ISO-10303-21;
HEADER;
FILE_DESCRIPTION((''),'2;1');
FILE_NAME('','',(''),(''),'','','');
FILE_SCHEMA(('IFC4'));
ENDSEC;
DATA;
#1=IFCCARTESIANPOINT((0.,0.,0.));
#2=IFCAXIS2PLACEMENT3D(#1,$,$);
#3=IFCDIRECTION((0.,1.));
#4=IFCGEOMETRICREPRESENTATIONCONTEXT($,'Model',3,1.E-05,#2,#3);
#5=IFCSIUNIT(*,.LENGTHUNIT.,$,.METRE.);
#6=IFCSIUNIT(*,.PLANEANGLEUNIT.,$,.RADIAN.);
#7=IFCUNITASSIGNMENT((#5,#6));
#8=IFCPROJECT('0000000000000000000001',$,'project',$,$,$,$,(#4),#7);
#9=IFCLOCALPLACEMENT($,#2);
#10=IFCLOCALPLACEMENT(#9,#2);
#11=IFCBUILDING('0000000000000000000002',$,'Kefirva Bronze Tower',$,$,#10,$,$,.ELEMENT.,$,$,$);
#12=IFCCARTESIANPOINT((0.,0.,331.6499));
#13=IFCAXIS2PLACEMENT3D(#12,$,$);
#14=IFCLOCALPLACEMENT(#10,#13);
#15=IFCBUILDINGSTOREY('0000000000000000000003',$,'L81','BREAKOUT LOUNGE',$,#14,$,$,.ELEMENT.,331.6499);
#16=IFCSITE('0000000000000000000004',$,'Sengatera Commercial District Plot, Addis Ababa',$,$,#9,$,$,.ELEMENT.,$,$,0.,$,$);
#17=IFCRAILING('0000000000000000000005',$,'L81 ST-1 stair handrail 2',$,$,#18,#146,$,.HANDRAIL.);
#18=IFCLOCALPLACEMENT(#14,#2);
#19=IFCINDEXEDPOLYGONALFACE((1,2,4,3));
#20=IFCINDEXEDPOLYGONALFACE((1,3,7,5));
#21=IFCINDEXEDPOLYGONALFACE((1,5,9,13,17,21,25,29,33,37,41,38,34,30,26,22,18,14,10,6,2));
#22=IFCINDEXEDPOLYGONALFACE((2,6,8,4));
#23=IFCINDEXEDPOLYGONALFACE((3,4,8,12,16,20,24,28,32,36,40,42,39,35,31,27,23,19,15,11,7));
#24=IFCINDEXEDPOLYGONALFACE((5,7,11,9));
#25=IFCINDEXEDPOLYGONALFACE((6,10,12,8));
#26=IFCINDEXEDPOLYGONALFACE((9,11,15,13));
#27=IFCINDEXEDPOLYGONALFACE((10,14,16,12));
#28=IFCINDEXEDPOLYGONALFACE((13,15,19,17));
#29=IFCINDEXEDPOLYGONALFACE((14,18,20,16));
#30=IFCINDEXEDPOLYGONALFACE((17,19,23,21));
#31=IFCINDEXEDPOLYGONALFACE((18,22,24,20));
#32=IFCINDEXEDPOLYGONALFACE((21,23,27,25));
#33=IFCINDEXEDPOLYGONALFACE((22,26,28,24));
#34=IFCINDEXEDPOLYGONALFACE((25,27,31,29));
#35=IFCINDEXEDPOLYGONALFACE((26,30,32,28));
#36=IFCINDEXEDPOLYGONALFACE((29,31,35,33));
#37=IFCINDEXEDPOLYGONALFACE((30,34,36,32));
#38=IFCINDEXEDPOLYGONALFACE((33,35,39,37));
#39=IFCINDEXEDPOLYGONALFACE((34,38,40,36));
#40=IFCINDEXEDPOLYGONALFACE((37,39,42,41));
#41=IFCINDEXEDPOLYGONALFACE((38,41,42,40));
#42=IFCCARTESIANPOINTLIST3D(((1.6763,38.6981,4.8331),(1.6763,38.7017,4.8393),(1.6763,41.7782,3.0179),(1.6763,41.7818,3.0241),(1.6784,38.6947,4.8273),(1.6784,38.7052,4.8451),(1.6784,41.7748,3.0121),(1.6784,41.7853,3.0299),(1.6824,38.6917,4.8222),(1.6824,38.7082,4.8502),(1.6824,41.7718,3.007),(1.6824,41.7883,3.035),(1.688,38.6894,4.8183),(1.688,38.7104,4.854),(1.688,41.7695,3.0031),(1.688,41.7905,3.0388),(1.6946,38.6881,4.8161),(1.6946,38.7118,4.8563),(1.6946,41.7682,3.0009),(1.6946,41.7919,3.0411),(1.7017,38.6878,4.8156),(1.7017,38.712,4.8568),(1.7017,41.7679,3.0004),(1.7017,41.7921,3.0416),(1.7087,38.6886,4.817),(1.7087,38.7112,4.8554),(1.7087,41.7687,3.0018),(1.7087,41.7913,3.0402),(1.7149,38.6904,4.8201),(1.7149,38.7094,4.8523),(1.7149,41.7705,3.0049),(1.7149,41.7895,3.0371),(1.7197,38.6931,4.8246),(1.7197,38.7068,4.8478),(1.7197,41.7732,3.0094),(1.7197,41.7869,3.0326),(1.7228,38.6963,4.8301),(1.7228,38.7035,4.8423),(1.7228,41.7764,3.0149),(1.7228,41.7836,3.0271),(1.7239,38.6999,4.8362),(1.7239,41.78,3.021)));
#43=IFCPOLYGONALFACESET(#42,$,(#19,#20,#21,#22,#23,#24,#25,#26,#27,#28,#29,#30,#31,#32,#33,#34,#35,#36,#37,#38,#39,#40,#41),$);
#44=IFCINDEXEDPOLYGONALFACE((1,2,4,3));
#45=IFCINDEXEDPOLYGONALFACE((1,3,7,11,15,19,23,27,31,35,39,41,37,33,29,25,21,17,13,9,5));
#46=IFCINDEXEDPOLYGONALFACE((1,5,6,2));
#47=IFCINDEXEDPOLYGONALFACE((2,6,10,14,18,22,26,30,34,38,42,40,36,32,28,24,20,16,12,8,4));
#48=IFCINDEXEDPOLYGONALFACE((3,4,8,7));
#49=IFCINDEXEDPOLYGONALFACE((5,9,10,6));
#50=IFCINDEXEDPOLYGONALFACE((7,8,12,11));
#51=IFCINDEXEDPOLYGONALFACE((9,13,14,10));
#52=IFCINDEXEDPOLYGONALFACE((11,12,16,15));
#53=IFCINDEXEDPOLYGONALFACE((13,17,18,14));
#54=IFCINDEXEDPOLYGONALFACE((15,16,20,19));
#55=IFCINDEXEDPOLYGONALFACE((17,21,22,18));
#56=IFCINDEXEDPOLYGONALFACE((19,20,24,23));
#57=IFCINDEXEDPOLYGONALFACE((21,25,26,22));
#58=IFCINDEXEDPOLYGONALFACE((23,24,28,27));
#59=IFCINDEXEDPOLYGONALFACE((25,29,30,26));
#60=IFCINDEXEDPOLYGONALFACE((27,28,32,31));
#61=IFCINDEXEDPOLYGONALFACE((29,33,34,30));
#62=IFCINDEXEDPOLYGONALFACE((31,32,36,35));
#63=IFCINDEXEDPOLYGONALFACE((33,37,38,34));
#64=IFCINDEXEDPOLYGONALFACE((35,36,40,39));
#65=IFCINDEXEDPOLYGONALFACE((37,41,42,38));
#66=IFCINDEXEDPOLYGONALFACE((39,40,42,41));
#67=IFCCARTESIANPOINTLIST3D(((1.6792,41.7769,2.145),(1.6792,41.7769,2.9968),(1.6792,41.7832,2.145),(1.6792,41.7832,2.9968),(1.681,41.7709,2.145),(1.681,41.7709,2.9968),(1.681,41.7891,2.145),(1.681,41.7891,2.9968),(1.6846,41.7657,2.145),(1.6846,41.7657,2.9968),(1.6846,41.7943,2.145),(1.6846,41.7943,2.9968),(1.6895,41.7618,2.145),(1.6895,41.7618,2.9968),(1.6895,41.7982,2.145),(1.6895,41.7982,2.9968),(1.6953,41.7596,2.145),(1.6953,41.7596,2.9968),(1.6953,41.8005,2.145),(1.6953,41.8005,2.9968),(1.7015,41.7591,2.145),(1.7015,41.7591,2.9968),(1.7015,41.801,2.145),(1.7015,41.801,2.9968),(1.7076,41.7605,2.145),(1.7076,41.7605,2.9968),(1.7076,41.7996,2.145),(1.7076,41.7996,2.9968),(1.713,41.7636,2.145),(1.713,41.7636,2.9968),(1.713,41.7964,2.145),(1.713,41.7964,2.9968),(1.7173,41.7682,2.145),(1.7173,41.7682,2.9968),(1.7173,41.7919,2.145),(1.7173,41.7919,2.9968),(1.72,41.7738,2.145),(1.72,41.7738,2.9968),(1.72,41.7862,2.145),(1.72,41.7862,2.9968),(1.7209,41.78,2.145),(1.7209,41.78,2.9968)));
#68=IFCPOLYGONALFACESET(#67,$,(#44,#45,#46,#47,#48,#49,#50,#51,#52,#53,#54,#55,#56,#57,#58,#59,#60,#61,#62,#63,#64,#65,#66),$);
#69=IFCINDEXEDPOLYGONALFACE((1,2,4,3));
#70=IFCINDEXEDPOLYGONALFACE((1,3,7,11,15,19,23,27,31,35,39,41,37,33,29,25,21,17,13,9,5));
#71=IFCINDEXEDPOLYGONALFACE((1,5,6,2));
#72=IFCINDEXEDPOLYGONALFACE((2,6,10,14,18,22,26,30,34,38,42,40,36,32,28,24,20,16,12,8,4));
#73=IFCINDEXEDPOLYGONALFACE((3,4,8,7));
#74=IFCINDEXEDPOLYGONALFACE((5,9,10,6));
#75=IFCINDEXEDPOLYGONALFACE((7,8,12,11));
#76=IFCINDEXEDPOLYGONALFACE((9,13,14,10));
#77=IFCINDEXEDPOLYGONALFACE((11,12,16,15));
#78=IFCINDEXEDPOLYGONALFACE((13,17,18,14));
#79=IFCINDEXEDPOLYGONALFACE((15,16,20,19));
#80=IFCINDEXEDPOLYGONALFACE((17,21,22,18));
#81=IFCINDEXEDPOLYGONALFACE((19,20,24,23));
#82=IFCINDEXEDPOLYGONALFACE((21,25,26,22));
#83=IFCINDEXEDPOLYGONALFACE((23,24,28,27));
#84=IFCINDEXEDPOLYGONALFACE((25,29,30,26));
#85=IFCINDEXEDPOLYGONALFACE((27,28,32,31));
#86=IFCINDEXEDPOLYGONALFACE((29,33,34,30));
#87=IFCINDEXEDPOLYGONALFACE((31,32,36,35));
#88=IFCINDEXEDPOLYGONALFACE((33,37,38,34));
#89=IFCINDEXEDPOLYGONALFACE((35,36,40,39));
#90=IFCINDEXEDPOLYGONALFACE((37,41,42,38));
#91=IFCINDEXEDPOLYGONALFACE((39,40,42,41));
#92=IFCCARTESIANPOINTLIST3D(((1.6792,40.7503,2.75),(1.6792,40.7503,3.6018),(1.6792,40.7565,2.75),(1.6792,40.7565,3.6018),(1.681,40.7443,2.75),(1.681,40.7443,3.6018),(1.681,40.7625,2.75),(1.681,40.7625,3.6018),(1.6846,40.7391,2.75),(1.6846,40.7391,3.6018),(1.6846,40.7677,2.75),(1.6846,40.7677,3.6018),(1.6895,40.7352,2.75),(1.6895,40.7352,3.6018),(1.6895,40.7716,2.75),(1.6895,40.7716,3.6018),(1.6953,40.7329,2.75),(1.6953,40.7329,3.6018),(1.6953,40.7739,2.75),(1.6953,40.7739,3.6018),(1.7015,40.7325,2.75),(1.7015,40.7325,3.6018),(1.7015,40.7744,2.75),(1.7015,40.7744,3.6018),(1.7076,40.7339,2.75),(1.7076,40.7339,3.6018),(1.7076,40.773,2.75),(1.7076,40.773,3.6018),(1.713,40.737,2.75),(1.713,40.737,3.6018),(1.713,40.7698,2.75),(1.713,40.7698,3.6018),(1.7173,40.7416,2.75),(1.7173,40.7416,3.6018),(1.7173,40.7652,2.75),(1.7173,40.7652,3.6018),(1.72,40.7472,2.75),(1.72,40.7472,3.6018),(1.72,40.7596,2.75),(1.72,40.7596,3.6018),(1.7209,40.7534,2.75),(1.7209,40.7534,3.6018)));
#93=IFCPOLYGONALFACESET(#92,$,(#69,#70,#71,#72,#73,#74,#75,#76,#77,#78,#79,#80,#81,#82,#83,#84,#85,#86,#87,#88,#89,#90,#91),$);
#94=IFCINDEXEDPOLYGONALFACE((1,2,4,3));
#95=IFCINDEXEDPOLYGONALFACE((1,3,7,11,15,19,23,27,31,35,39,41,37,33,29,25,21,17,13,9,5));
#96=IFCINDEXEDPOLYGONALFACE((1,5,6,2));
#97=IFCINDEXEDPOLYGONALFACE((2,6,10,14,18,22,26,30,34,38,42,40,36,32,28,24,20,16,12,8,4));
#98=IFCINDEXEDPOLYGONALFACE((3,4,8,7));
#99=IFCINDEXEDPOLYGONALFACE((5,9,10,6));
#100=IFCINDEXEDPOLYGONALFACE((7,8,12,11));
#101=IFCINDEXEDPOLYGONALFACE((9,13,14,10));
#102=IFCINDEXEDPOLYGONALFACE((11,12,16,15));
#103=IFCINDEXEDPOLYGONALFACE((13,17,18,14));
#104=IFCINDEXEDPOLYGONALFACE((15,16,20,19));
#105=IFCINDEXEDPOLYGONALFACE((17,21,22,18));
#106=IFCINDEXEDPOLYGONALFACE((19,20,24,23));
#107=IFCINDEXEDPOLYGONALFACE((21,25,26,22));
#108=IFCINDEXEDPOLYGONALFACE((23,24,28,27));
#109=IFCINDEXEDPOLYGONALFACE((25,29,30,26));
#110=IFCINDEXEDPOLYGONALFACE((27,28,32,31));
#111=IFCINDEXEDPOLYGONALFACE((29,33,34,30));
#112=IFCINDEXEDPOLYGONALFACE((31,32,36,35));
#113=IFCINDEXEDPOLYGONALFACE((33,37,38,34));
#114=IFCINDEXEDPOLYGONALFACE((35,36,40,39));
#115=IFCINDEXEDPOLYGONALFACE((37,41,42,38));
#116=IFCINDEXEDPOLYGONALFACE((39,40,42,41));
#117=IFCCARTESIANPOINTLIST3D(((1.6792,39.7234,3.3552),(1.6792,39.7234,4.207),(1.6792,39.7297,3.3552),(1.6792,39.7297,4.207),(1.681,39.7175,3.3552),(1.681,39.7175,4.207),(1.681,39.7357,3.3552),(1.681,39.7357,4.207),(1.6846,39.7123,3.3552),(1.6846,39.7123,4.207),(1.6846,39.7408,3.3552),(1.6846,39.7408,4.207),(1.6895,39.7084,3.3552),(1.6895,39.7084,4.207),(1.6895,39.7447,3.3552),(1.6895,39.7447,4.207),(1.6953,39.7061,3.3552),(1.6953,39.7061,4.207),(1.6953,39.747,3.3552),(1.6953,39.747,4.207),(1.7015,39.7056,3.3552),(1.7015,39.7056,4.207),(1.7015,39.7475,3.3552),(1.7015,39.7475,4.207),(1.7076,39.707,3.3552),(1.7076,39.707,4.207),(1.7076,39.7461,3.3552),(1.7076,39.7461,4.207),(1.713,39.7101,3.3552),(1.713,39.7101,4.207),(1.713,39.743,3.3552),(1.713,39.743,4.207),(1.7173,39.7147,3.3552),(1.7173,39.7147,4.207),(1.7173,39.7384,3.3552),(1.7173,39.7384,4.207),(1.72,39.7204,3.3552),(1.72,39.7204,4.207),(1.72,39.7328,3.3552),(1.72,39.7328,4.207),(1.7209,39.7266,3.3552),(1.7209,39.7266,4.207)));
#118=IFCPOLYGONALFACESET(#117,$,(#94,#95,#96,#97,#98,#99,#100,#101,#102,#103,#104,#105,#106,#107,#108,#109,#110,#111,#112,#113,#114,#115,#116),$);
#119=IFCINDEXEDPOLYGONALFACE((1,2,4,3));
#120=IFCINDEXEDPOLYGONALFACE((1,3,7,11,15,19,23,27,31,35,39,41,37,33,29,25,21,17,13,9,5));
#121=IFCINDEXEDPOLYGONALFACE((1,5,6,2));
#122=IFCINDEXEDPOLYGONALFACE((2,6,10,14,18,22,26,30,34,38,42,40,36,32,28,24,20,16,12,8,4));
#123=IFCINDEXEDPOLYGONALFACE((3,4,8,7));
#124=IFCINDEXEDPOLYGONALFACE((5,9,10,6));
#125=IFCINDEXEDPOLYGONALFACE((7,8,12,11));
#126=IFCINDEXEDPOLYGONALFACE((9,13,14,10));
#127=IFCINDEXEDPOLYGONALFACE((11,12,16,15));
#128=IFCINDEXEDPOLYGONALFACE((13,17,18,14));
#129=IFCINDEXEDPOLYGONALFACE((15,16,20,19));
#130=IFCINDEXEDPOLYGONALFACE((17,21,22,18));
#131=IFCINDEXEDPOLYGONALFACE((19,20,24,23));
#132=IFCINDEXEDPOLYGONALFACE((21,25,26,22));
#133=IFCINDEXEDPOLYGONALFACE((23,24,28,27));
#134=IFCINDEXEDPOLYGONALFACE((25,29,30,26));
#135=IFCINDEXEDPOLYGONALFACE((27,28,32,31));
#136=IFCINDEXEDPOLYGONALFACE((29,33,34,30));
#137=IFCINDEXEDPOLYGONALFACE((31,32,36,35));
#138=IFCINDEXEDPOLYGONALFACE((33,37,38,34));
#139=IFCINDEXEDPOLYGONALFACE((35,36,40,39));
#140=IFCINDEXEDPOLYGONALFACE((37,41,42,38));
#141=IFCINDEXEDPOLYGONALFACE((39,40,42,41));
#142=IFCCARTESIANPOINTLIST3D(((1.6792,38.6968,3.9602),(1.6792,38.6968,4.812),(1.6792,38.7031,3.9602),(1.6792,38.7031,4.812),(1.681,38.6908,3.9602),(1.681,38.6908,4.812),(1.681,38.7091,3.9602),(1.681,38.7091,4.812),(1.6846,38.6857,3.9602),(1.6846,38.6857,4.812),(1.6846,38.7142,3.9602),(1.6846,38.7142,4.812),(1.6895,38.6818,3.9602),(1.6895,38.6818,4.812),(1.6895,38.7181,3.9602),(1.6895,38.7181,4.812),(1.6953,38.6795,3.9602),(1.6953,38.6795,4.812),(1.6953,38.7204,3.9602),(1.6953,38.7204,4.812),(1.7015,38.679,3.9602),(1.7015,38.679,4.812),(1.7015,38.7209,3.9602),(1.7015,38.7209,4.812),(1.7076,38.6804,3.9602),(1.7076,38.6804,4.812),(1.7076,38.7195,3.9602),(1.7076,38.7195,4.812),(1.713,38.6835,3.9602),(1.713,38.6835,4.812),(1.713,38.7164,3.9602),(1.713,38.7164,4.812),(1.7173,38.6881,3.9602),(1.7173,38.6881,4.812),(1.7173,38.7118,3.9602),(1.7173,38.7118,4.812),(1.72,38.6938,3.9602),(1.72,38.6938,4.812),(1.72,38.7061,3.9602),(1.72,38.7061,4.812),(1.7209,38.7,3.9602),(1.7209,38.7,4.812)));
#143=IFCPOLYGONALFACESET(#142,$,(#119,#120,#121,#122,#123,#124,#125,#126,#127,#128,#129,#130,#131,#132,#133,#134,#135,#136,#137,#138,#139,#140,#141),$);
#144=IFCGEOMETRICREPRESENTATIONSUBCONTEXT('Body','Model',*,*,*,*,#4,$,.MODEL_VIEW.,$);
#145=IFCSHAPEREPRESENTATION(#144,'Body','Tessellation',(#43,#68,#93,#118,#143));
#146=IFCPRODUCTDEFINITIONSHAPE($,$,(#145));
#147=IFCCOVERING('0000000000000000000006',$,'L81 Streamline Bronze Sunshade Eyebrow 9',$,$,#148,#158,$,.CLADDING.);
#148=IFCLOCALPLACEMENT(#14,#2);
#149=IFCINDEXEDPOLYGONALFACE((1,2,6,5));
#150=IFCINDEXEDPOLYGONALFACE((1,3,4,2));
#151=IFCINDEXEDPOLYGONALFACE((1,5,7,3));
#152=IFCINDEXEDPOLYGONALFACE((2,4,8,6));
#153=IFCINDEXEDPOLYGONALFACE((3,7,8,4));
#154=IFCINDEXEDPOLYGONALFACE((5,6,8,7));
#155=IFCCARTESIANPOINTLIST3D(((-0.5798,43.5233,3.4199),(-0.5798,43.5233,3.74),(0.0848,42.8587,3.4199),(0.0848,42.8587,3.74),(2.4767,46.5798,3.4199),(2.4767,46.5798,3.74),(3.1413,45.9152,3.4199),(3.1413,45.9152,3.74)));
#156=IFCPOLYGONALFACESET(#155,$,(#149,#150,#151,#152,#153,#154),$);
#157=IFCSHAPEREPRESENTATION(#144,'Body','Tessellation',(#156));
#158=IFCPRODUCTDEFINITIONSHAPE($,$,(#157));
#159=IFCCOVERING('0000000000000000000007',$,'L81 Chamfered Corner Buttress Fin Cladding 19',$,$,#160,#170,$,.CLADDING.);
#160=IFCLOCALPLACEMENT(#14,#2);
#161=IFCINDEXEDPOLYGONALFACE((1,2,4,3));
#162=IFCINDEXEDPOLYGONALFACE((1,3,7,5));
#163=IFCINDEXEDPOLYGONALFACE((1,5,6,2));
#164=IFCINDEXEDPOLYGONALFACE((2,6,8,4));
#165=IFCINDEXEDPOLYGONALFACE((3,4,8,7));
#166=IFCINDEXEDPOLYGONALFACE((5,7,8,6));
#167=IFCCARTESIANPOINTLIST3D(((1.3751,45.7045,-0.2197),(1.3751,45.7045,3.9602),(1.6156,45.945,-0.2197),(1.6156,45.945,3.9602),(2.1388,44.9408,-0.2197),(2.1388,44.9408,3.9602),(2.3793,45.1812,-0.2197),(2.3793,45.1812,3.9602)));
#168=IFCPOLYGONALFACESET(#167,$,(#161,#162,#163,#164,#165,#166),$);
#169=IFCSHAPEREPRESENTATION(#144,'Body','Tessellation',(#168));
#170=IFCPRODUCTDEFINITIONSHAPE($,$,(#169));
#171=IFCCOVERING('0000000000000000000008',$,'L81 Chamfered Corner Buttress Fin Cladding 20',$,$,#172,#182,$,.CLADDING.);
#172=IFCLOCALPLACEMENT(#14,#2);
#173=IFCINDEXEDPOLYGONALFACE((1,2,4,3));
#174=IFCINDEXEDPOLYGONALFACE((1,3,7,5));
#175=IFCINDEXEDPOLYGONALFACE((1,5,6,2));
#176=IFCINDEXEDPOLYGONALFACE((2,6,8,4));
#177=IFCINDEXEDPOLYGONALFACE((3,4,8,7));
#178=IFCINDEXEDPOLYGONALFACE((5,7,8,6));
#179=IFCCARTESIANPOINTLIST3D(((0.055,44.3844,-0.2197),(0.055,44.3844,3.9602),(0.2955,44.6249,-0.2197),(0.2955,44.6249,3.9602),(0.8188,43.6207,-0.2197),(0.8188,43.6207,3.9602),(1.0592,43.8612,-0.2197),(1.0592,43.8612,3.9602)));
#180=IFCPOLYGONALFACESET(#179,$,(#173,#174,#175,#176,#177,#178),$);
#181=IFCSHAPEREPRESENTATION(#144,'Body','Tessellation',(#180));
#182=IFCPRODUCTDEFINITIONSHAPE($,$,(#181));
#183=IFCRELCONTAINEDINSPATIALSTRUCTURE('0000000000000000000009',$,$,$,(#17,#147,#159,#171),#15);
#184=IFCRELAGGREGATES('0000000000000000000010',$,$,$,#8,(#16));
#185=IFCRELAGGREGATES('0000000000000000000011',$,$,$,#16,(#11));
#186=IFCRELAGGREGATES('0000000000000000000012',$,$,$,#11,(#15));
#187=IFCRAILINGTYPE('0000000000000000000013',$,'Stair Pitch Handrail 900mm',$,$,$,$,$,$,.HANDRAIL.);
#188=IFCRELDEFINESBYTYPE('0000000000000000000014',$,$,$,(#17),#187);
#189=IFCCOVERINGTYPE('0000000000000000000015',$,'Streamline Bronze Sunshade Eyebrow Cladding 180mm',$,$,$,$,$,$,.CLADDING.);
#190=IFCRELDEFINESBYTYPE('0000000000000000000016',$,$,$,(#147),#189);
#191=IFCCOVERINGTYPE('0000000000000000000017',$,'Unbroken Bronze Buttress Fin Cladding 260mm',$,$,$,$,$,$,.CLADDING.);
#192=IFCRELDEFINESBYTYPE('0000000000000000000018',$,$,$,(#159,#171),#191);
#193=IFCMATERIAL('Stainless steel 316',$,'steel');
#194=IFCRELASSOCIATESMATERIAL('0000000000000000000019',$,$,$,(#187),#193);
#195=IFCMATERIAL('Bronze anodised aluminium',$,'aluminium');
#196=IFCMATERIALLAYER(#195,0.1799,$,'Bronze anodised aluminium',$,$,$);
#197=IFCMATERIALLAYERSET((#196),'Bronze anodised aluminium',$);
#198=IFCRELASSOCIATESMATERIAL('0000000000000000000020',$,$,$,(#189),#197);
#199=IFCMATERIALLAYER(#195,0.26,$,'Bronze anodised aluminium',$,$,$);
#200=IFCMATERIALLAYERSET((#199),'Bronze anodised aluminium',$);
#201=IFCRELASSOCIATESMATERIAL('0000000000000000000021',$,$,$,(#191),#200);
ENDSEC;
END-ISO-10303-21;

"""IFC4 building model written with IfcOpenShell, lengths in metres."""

from ifc_helpers import new_model, si_unit, direction, frame, origin, origin_2d, place, context, subcontext, project, spatial, rectangle, circle, extrude, material, layer, layer_set, type_object, element, save


model = new_model("IFC4")

# Units and contexts
model_context = context("Model", 3, precision=1e-05, world=origin(), true_north=direction((0.0, 1.0)))
body_context = subcontext(model_context, "Body", "Model", "MODEL_VIEW")
ifc_project = project(units=[si_unit("LENGTHUNIT", "METRE"), si_unit("PLANEANGLEUNIT", "RADIAN")], contexts=[model_context])

# Site, building, storey
site_placement = place(None, origin())
site = spatial("IfcSite", under=ifc_project, at=site_placement, Name="Sengatera Commercial District Plot, Addis Ababa", CompositionType="ELEMENT", RefElevation=0.0)
building_placement = place(site_placement, origin())
building = spatial("IfcBuilding", under=site, at=building_placement, Name="Kefirva Bronze Tower", CompositionType="ELEMENT")
storey_placement = place(building_placement, frame((0.0, 0.0, 331.6499)))
storey = spatial("IfcBuildingStorey", under=building, at=storey_placement, Name="L81", Description="BREAKOUT LOUNGE", CompositionType="ELEMENT", Elevation=331.6499)

# Shared definitions
ifc_material_1 = material(Name="Bronze anodised aluminium", Category="aluminium")

# Railing
ifc_material_2 = material(Name="Stainless steel 316", Category="steel")
railing_type_1 = type_object("IfcRailingType", Name="Stair Pitch Handrail 900mm", PredefinedType="HANDRAIL", material=ifc_material_2)
railing_1_placement = place(storey_placement, frame((1.7, 41.78, 2.145)))
element("IfcRailing", 1, at=railing_1_placement, inside=storey, type_object=railing_type_1, Name="L81 ST-1 stair handrail 2", PredefinedType="HANDRAIL", context=body_context, shape_type="SweptSolid", body=[
    extrude(circle(Radius=0.0239, at=origin_2d()), frame((0.0, 0.0, 0.876), z_axis=(0.0, -0.861521, 0.507721), x_axis=(1.0, 0.0, 0.0)), (0.0, 0.0, 1.0), 3.5752),
    extrude(circle(Radius=0.021, at=origin_2d()), origin(), (0.0, 0.0, 1.0), 0.8518),
    extrude(circle(Radius=0.021, at=origin_2d()), frame((0.0, -1.0266, 0.605)), (0.0, 0.0, 1.0), 0.8518),
    extrude(circle(Radius=0.021, at=origin_2d()), frame((0.0, -2.0535, 1.2102)), (0.0, 0.0, 1.0), 0.8518),
    extrude(circle(Radius=0.021, at=origin_2d()), frame((0.0, -3.0801, 1.8152)), (0.0, 0.0, 1.0), 0.8518),
])

# Coverings
ifc_layer_1 = layer(ifc_material_1, 0.1799, Name="Bronze anodised aluminium")
ifc_layer_set_1 = layer_set([ifc_layer_1], Name="Bronze anodised aluminium")
covering_type_1 = type_object("IfcCoveringType", Name="Streamline Bronze Sunshade Eyebrow Cladding 180mm", PredefinedType="CLADDING", material=ifc_layer_set_1)
covering_1_placement = place(storey_placement, frame((1.2808, 44.7192, 3.4199), z_axis=(0.0, 0.0, 1.0), x_axis=(-0.707107, -0.707107, 0.0)))
element("IfcCovering", 2, at=covering_1_placement, inside=storey, type_object=covering_type_1, Name="L81 Streamline Bronze Sunshade Eyebrow 9", PredefinedType="CLADDING", context=body_context, shape_type="SweptSolid", body=[
    extrude(rectangle(XDim=4.3225, YDim=0.9399, at=origin_2d()), origin(), (0.0, 0.0, 1.0), 0.3201),
])
ifc_layer_2 = layer(ifc_material_1, 0.26, Name="Bronze anodised aluminium")
ifc_layer_set_2 = layer_set([ifc_layer_2], Name="Bronze anodised aluminium")
covering_type_2 = type_object("IfcCoveringType", Name="Unbroken Bronze Buttress Fin Cladding 260mm", PredefinedType="CLADDING", material=ifc_layer_set_2)
for number, where, z_axis, x_axis, name in (
    (3, (1.8772, 45.4429, -0.2197), (0.0, 0.0, 1.0), (-0.707107, -0.707107, 0.0), "L81 Chamfered Corner Buttress Fin Cladding 19"),
    (4, (0.5571, 44.1228, -0.2197), (0.0, 0.0, 1.0), (-0.707107, -0.707107, 0.0), "L81 Chamfered Corner Buttress Fin Cladding 20"),
):
    element("IfcCovering", number, at=place(storey_placement, frame(where, z_axis=z_axis, x_axis=x_axis)), inside=storey, type_object=covering_type_2, Name=name, PredefinedType="CLADDING", context=body_context, shape_type="SweptSolid", body=[
        extrude(rectangle(XDim=0.3401, YDim=1.0801, at=origin_2d()), origin(), (0.0, 0.0, 1.0), 4.1799),
    ])

save(model, "model.ifc")
